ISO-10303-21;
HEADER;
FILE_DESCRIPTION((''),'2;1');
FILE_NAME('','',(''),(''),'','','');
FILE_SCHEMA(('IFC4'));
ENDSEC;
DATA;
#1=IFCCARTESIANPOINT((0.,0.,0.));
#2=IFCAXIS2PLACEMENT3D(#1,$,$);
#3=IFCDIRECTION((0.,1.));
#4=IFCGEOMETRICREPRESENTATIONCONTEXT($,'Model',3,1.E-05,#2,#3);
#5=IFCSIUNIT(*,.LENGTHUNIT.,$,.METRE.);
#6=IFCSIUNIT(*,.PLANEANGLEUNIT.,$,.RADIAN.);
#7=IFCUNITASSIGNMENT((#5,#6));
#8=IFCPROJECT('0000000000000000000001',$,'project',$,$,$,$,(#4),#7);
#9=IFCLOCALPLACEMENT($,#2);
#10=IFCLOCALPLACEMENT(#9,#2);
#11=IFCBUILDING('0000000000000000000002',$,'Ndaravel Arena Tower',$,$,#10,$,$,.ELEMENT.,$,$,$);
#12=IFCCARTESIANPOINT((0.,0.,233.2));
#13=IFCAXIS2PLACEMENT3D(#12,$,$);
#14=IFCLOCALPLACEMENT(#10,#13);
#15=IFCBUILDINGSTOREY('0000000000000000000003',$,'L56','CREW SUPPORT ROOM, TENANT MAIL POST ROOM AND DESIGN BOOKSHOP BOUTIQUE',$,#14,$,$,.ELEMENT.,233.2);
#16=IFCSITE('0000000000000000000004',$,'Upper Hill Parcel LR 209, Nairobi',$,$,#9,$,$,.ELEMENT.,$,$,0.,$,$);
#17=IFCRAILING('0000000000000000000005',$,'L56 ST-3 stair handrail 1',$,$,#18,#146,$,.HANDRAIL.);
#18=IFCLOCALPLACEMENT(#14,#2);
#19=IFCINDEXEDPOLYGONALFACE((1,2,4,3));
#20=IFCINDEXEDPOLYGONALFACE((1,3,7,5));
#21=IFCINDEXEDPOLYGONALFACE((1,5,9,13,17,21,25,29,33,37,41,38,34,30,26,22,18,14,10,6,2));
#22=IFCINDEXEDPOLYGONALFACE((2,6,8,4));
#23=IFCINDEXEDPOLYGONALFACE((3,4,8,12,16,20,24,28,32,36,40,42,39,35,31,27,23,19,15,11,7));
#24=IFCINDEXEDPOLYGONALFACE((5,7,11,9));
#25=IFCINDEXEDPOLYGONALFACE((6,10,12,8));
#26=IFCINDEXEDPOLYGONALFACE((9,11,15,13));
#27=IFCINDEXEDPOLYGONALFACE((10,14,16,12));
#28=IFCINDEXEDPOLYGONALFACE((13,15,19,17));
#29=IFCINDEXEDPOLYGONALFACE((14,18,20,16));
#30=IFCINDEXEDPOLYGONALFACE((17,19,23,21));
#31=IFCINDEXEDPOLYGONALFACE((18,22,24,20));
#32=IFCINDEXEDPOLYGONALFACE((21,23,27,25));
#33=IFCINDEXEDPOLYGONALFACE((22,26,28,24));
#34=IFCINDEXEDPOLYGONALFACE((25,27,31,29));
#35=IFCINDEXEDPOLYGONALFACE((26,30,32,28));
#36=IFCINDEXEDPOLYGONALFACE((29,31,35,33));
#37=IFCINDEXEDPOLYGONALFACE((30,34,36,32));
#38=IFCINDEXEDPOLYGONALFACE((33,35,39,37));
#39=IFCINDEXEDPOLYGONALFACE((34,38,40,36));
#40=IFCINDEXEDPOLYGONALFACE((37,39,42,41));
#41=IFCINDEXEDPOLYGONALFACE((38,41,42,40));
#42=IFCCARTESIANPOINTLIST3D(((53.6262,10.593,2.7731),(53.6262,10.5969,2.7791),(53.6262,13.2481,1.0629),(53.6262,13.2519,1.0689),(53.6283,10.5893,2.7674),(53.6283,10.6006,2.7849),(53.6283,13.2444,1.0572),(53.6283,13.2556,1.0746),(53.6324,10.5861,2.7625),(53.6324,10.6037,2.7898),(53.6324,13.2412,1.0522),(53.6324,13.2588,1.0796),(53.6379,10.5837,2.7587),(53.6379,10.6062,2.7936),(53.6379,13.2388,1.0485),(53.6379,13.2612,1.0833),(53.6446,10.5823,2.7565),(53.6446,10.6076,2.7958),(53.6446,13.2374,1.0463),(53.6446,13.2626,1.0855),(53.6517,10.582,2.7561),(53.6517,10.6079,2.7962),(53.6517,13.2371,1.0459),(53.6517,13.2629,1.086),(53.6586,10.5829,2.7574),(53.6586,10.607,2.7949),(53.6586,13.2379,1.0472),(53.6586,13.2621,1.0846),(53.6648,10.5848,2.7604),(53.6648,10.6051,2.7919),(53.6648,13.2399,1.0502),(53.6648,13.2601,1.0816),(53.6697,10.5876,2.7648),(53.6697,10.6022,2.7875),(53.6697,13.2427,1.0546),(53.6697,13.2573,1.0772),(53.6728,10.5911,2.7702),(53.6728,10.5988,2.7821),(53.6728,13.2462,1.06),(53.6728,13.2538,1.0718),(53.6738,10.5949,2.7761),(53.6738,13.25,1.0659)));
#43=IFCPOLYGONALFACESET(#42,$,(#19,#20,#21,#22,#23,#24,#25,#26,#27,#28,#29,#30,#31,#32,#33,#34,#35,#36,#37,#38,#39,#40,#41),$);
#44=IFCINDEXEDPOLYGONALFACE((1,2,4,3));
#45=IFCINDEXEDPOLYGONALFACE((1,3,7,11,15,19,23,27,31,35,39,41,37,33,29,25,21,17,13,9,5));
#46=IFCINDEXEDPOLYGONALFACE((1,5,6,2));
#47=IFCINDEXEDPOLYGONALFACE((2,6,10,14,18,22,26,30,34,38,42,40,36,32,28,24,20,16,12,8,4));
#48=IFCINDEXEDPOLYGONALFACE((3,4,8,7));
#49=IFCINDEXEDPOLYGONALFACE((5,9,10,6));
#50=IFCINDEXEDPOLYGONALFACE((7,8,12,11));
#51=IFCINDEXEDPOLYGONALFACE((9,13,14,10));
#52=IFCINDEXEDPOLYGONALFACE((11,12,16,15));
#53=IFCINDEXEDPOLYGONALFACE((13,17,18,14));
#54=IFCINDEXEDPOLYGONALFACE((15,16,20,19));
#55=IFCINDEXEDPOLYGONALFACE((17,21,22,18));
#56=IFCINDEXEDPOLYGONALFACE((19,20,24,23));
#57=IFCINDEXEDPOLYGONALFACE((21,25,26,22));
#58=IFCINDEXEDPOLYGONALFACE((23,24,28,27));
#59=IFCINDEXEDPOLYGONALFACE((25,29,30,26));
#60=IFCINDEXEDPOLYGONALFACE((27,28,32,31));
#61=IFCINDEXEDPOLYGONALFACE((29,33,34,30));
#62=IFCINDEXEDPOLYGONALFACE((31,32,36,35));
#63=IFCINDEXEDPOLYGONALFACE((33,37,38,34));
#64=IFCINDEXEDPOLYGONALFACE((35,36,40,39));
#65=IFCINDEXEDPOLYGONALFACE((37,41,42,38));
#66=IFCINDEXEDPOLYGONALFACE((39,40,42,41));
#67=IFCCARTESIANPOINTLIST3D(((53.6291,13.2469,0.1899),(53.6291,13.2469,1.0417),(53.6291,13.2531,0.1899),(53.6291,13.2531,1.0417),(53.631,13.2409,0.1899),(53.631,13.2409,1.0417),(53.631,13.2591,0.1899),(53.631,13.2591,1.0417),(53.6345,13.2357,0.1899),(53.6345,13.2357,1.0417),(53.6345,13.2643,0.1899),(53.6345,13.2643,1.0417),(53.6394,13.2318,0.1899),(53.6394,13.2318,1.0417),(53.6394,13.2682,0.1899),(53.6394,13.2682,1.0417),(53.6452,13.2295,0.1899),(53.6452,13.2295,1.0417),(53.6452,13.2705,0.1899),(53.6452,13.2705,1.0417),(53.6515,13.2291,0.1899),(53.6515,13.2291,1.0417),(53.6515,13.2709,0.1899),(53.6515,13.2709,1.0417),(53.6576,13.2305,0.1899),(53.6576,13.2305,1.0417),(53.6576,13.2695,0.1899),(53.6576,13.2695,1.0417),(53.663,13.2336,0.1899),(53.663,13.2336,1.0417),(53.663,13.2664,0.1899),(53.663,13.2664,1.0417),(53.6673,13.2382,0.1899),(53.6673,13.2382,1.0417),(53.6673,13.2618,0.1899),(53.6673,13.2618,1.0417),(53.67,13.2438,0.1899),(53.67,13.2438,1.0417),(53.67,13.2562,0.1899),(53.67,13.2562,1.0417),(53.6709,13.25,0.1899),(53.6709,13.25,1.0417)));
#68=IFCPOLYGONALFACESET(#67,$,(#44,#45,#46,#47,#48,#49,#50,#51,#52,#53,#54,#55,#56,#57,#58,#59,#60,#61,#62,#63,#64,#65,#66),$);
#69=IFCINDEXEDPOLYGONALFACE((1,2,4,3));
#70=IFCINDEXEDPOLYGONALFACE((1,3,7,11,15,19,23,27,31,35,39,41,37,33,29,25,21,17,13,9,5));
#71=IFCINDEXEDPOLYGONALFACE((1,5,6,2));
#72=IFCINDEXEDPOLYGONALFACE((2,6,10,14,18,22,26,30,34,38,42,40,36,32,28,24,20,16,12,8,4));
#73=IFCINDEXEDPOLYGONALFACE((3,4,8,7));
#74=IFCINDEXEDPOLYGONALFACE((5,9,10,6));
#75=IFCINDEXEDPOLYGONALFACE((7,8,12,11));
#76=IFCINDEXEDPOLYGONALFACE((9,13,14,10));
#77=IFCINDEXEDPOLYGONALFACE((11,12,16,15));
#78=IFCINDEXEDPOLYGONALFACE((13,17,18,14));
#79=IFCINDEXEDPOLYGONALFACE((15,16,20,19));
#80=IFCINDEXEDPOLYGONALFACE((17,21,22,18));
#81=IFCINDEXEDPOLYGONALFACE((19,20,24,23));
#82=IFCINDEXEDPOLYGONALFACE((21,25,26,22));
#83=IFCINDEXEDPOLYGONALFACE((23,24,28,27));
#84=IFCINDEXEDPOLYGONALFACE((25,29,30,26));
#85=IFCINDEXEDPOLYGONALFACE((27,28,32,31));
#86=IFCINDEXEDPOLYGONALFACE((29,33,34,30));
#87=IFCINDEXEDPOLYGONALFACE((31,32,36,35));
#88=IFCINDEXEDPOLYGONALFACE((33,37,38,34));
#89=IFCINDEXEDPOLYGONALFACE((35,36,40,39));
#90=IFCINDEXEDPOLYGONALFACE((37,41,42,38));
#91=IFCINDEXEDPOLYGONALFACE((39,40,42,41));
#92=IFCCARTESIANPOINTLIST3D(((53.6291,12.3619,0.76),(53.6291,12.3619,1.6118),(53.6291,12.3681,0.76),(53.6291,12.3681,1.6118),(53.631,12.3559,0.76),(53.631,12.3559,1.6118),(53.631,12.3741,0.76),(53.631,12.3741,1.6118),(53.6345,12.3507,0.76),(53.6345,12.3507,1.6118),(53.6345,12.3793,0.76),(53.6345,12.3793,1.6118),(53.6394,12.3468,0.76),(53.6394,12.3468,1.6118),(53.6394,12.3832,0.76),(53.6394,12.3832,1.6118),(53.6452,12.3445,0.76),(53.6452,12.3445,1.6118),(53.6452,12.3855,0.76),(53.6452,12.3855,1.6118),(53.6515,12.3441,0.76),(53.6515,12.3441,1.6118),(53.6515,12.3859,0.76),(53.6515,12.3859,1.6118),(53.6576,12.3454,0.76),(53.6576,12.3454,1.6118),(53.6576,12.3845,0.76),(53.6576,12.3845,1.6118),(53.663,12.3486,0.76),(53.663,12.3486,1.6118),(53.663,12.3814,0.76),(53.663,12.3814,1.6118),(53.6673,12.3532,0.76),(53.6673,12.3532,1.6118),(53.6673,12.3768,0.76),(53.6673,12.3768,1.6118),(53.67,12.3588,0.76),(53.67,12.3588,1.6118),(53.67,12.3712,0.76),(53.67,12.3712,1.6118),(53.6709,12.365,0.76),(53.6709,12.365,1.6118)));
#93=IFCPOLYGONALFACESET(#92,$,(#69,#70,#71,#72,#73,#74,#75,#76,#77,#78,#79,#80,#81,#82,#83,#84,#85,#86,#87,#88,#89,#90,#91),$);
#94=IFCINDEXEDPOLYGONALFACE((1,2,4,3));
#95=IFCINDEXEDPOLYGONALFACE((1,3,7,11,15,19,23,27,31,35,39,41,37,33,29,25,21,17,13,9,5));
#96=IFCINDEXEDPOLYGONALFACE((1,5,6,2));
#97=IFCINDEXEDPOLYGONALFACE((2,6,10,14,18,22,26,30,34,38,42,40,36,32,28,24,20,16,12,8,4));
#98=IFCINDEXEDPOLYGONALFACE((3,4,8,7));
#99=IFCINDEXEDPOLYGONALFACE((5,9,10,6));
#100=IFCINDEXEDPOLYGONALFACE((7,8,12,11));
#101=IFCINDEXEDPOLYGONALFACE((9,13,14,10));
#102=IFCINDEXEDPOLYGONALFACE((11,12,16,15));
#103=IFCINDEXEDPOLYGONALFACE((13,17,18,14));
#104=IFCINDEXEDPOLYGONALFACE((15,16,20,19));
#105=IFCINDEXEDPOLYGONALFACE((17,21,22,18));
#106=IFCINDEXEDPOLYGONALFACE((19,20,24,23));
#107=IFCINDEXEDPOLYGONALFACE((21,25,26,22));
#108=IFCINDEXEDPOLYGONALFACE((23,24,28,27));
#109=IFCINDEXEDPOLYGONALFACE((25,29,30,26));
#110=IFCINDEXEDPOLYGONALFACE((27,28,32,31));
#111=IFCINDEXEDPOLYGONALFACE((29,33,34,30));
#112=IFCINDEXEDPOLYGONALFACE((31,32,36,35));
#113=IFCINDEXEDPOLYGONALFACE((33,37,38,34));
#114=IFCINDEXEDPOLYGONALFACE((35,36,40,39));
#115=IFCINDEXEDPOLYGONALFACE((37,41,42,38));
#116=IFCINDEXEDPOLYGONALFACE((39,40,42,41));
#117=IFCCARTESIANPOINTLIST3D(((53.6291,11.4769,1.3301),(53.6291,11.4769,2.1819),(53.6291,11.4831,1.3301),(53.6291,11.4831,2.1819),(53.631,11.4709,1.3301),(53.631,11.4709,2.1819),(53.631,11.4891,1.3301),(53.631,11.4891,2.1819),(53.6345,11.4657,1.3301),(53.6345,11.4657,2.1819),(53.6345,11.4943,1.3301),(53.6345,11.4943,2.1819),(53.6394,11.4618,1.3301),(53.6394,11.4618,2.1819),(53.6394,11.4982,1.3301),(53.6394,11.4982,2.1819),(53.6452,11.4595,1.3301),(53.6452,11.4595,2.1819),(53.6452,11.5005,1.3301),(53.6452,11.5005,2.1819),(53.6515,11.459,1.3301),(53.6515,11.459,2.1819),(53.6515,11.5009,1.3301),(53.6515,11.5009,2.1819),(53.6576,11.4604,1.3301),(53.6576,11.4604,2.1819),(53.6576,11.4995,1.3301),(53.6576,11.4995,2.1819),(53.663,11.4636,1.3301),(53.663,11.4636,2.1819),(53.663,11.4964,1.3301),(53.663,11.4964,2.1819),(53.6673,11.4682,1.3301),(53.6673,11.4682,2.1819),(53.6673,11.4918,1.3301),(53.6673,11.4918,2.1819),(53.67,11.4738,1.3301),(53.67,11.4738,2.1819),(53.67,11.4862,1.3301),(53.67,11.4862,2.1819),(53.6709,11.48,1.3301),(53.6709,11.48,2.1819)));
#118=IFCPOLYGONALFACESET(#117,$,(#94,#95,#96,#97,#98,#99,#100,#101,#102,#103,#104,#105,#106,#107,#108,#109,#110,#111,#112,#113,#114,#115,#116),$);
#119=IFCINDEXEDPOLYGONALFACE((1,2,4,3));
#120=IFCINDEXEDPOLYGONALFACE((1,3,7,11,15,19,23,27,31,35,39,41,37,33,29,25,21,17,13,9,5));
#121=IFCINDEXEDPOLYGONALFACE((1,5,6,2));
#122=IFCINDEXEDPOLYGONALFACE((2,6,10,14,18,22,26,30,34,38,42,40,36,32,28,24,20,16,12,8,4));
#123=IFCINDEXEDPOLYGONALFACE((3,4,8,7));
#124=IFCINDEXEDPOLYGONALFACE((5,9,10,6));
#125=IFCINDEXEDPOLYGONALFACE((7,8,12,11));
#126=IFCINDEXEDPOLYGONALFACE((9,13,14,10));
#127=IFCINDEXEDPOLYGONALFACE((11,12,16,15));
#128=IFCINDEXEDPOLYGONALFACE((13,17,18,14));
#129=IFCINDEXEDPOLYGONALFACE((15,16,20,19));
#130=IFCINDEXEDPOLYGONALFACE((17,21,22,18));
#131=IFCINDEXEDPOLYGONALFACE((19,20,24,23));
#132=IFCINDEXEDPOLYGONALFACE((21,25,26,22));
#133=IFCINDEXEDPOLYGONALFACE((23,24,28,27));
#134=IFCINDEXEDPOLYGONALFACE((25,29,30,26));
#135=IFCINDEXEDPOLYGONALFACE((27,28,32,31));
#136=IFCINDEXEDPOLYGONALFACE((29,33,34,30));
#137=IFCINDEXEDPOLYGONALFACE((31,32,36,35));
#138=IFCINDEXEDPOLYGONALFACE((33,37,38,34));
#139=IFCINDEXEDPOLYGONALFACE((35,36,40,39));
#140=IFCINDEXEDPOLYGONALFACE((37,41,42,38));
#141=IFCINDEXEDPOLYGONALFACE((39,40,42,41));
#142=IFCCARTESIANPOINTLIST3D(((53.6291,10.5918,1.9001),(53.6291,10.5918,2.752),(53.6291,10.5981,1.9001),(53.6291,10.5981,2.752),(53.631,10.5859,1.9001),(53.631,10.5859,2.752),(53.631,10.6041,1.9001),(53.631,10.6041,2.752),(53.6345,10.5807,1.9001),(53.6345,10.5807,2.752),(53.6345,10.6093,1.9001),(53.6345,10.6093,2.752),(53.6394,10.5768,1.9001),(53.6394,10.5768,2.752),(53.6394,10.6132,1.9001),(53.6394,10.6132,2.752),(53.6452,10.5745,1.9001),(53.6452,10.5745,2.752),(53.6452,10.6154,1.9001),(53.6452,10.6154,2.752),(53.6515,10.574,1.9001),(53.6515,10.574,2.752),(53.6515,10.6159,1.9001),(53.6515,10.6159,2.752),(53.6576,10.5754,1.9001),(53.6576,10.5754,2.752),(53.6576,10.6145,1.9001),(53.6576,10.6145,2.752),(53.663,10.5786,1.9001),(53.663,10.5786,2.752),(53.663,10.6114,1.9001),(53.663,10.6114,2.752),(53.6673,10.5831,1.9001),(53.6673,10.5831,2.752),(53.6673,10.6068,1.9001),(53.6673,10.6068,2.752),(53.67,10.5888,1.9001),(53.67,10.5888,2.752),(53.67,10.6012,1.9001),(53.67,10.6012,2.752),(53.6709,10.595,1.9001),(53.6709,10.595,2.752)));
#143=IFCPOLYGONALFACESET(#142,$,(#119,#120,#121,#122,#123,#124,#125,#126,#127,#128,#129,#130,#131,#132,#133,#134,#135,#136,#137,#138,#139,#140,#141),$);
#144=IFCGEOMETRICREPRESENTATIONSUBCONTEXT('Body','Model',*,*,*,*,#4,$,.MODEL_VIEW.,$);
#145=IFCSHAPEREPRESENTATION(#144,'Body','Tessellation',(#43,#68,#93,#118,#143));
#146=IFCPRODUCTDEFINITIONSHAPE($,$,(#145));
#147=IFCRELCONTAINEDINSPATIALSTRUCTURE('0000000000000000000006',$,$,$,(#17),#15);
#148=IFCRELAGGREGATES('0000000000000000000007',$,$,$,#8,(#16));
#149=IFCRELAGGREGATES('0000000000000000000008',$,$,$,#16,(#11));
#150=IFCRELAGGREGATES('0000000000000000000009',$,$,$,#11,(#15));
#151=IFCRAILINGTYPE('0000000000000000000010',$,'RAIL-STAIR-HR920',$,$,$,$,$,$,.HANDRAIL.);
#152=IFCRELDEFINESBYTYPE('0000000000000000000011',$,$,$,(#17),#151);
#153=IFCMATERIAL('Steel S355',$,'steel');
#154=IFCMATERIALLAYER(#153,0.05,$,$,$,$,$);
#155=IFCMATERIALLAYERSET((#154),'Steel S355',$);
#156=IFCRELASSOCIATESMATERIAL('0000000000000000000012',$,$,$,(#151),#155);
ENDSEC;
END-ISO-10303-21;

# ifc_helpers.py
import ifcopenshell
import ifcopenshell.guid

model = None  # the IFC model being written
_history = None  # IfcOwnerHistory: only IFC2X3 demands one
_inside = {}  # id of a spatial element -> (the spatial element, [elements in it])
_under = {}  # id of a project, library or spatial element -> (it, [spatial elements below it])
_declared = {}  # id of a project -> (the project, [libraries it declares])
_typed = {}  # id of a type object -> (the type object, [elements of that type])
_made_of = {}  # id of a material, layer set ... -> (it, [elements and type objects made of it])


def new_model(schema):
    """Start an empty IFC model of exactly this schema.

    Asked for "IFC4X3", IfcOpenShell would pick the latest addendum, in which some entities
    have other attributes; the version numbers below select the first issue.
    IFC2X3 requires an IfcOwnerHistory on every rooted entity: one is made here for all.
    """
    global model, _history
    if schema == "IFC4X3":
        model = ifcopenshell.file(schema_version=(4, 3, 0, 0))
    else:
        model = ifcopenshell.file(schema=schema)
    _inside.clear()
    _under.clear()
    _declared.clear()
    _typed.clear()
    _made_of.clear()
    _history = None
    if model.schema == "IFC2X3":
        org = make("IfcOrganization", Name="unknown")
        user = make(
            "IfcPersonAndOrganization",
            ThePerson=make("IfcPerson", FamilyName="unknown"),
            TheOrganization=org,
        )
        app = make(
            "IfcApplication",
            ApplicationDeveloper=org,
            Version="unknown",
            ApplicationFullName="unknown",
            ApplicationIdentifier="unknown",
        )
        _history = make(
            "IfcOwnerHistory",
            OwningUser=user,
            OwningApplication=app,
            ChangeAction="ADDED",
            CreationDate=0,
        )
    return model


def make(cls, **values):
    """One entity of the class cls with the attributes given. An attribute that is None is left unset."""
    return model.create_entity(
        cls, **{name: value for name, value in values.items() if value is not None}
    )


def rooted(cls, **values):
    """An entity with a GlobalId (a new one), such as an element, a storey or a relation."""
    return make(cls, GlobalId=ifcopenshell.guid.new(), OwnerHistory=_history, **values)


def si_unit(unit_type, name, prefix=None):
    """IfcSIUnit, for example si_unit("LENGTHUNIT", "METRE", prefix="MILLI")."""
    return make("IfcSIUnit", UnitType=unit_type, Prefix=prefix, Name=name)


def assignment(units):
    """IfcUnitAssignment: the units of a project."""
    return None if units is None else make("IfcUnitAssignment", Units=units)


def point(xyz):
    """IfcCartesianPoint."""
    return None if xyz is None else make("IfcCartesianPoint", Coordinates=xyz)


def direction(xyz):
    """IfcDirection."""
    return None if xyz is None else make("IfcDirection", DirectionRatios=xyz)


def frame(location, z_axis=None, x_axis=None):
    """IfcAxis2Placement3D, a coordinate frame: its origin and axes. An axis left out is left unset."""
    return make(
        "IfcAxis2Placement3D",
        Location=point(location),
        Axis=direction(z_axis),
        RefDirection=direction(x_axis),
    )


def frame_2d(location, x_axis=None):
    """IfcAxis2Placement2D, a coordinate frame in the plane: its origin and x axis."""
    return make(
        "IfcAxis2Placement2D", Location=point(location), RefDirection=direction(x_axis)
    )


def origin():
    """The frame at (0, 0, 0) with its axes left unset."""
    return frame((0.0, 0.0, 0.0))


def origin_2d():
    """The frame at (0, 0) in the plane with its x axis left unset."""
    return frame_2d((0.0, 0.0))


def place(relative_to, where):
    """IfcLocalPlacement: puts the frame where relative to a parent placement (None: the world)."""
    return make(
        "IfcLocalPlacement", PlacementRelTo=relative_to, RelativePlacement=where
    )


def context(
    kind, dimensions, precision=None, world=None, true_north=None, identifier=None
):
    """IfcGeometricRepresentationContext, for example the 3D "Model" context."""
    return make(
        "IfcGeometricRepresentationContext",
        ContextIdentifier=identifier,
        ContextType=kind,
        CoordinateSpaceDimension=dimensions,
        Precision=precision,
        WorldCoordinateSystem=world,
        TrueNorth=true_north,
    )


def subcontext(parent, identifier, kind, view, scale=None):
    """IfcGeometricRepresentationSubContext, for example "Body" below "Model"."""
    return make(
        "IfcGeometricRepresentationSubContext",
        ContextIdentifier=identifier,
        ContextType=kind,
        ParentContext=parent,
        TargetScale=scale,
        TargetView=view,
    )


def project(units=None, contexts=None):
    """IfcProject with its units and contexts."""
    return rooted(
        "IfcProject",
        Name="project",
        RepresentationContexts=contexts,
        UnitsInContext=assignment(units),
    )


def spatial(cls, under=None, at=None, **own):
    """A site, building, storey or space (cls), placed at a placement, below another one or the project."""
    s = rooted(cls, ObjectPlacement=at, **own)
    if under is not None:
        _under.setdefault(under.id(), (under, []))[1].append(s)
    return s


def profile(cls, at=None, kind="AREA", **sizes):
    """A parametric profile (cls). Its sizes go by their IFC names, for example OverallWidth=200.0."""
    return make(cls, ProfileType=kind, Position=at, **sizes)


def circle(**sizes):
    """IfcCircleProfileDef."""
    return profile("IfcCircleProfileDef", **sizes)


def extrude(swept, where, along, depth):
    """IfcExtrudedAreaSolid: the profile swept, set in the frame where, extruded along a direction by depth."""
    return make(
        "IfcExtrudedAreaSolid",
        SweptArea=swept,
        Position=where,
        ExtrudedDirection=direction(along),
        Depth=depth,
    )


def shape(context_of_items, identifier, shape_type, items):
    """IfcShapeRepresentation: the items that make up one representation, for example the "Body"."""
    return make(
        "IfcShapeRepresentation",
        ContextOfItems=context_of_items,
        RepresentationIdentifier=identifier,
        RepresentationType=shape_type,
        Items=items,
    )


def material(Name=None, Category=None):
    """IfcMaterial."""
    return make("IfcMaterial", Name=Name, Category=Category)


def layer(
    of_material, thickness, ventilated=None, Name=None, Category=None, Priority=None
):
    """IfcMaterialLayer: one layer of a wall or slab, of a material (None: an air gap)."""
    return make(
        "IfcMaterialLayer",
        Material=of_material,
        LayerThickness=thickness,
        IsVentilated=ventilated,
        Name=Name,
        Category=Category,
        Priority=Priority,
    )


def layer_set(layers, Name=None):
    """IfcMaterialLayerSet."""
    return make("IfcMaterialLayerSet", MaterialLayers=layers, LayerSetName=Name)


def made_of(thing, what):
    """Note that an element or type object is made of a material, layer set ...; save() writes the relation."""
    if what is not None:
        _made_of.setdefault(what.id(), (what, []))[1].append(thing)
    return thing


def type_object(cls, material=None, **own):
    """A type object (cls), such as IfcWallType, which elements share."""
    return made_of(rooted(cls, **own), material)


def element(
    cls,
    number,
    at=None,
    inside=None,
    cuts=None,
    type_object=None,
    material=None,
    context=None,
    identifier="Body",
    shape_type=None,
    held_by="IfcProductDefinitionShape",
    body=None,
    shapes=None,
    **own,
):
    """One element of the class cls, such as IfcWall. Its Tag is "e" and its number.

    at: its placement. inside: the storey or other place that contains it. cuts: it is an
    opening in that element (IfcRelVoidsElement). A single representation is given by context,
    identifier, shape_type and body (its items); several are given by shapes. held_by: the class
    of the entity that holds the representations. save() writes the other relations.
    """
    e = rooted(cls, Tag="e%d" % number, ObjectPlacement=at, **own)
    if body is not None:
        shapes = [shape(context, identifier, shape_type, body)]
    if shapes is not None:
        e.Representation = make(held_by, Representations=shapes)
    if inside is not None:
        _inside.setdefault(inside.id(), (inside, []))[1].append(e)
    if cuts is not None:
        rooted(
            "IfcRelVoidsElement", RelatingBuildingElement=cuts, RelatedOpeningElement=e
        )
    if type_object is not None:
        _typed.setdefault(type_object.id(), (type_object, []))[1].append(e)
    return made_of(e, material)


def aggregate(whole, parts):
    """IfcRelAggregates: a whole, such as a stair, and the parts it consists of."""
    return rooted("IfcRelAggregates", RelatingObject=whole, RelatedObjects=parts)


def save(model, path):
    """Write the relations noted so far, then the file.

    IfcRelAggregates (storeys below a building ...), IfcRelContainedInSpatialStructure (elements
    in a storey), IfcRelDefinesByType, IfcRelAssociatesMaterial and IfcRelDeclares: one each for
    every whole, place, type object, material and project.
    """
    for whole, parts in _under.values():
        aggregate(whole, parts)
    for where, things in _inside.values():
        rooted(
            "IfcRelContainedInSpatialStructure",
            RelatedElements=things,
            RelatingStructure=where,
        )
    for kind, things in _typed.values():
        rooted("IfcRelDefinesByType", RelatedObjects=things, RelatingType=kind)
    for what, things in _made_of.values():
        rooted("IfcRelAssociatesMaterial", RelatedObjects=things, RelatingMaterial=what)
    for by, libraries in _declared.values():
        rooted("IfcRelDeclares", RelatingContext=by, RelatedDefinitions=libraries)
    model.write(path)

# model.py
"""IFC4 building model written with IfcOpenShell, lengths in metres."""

from ifc_helpers import new_model, si_unit, direction, frame, origin, origin_2d, place, context, subcontext, project, spatial, circle, extrude, material, layer, layer_set, type_object, element, save


model = new_model("IFC4")

# Units and contexts
model_context = context("Model", 3, precision=1e-05, world=origin(), true_north=direction((0.0, 1.0)))
body_context = subcontext(model_context, "Body", "Model", "MODEL_VIEW")
ifc_project = project(units=[si_unit("LENGTHUNIT", "METRE"), si_unit("PLANEANGLEUNIT", "RADIAN")], contexts=[model_context])

# Site, building, storey
site_placement = place(None, origin())
site = spatial("IfcSite", under=ifc_project, at=site_placement, Name="Upper Hill Parcel LR 209, Nairobi", CompositionType="ELEMENT", RefElevation=0.0)
building_placement = place(site_placement, origin())
building = spatial("IfcBuilding", under=site, at=building_placement, Name="Ndaravel Arena Tower", CompositionType="ELEMENT")
storey_placement = place(building_placement, frame((0.0, 0.0, 233.2)))
storey = spatial("IfcBuildingStorey", under=building, at=storey_placement, Name="L56", Description="CREW SUPPORT ROOM, TENANT MAIL POST ROOM AND DESIGN BOOKSHOP BOUTIQUE", CompositionType="ELEMENT", Elevation=233.2)

# Railing
ifc_material_1 = material(Name="Steel S355", Category="steel")
ifc_layer_1 = layer(ifc_material_1, 0.05)
ifc_layer_set_1 = layer_set([ifc_layer_1], Name="Steel S355")
railing_type_1 = type_object("IfcRailingType", Name="RAIL-STAIR-HR920", PredefinedType="HANDRAIL", material=ifc_layer_set_1)
railing_1_placement = place(storey_placement, frame((53.6499, 13.25, 0.1899)))
element("IfcRailing", 1, at=railing_1_placement, inside=storey, type_object=railing_type_1, Name="L56 ST-3 stair handrail 1", PredefinedType="HANDRAIL", context=body_context, shape_type="SweptSolid", body=[
    extrude(circle(Radius=0.0239, at=origin_2d()), frame((0.0, 0.0, 0.876), z_axis=(0.0, -0.840688, 0.541519), x_axis=(1.0, 0.0, 0.0)), (0.0, 0.0, 1.0), 3.1582),
    extrude(circle(Radius=0.021, at=origin_2d()), origin(), (0.0, 0.0, 1.0), 0.8518),
    extrude(circle(Radius=0.021, at=origin_2d()), frame((0.0, -0.885, 0.5701)), (0.0, 0.0, 1.0), 0.8518),
    extrude(circle(Radius=0.021, at=origin_2d()), frame((0.0, -1.77, 1.1401)), (0.0, 0.0, 1.0), 0.8518),
    extrude(circle(Radius=0.021, at=origin_2d()), frame((0.0, -2.655, 1.7102)), (0.0, 0.0, 1.0), 0.8518),
])

save(model, "model.ifc")
